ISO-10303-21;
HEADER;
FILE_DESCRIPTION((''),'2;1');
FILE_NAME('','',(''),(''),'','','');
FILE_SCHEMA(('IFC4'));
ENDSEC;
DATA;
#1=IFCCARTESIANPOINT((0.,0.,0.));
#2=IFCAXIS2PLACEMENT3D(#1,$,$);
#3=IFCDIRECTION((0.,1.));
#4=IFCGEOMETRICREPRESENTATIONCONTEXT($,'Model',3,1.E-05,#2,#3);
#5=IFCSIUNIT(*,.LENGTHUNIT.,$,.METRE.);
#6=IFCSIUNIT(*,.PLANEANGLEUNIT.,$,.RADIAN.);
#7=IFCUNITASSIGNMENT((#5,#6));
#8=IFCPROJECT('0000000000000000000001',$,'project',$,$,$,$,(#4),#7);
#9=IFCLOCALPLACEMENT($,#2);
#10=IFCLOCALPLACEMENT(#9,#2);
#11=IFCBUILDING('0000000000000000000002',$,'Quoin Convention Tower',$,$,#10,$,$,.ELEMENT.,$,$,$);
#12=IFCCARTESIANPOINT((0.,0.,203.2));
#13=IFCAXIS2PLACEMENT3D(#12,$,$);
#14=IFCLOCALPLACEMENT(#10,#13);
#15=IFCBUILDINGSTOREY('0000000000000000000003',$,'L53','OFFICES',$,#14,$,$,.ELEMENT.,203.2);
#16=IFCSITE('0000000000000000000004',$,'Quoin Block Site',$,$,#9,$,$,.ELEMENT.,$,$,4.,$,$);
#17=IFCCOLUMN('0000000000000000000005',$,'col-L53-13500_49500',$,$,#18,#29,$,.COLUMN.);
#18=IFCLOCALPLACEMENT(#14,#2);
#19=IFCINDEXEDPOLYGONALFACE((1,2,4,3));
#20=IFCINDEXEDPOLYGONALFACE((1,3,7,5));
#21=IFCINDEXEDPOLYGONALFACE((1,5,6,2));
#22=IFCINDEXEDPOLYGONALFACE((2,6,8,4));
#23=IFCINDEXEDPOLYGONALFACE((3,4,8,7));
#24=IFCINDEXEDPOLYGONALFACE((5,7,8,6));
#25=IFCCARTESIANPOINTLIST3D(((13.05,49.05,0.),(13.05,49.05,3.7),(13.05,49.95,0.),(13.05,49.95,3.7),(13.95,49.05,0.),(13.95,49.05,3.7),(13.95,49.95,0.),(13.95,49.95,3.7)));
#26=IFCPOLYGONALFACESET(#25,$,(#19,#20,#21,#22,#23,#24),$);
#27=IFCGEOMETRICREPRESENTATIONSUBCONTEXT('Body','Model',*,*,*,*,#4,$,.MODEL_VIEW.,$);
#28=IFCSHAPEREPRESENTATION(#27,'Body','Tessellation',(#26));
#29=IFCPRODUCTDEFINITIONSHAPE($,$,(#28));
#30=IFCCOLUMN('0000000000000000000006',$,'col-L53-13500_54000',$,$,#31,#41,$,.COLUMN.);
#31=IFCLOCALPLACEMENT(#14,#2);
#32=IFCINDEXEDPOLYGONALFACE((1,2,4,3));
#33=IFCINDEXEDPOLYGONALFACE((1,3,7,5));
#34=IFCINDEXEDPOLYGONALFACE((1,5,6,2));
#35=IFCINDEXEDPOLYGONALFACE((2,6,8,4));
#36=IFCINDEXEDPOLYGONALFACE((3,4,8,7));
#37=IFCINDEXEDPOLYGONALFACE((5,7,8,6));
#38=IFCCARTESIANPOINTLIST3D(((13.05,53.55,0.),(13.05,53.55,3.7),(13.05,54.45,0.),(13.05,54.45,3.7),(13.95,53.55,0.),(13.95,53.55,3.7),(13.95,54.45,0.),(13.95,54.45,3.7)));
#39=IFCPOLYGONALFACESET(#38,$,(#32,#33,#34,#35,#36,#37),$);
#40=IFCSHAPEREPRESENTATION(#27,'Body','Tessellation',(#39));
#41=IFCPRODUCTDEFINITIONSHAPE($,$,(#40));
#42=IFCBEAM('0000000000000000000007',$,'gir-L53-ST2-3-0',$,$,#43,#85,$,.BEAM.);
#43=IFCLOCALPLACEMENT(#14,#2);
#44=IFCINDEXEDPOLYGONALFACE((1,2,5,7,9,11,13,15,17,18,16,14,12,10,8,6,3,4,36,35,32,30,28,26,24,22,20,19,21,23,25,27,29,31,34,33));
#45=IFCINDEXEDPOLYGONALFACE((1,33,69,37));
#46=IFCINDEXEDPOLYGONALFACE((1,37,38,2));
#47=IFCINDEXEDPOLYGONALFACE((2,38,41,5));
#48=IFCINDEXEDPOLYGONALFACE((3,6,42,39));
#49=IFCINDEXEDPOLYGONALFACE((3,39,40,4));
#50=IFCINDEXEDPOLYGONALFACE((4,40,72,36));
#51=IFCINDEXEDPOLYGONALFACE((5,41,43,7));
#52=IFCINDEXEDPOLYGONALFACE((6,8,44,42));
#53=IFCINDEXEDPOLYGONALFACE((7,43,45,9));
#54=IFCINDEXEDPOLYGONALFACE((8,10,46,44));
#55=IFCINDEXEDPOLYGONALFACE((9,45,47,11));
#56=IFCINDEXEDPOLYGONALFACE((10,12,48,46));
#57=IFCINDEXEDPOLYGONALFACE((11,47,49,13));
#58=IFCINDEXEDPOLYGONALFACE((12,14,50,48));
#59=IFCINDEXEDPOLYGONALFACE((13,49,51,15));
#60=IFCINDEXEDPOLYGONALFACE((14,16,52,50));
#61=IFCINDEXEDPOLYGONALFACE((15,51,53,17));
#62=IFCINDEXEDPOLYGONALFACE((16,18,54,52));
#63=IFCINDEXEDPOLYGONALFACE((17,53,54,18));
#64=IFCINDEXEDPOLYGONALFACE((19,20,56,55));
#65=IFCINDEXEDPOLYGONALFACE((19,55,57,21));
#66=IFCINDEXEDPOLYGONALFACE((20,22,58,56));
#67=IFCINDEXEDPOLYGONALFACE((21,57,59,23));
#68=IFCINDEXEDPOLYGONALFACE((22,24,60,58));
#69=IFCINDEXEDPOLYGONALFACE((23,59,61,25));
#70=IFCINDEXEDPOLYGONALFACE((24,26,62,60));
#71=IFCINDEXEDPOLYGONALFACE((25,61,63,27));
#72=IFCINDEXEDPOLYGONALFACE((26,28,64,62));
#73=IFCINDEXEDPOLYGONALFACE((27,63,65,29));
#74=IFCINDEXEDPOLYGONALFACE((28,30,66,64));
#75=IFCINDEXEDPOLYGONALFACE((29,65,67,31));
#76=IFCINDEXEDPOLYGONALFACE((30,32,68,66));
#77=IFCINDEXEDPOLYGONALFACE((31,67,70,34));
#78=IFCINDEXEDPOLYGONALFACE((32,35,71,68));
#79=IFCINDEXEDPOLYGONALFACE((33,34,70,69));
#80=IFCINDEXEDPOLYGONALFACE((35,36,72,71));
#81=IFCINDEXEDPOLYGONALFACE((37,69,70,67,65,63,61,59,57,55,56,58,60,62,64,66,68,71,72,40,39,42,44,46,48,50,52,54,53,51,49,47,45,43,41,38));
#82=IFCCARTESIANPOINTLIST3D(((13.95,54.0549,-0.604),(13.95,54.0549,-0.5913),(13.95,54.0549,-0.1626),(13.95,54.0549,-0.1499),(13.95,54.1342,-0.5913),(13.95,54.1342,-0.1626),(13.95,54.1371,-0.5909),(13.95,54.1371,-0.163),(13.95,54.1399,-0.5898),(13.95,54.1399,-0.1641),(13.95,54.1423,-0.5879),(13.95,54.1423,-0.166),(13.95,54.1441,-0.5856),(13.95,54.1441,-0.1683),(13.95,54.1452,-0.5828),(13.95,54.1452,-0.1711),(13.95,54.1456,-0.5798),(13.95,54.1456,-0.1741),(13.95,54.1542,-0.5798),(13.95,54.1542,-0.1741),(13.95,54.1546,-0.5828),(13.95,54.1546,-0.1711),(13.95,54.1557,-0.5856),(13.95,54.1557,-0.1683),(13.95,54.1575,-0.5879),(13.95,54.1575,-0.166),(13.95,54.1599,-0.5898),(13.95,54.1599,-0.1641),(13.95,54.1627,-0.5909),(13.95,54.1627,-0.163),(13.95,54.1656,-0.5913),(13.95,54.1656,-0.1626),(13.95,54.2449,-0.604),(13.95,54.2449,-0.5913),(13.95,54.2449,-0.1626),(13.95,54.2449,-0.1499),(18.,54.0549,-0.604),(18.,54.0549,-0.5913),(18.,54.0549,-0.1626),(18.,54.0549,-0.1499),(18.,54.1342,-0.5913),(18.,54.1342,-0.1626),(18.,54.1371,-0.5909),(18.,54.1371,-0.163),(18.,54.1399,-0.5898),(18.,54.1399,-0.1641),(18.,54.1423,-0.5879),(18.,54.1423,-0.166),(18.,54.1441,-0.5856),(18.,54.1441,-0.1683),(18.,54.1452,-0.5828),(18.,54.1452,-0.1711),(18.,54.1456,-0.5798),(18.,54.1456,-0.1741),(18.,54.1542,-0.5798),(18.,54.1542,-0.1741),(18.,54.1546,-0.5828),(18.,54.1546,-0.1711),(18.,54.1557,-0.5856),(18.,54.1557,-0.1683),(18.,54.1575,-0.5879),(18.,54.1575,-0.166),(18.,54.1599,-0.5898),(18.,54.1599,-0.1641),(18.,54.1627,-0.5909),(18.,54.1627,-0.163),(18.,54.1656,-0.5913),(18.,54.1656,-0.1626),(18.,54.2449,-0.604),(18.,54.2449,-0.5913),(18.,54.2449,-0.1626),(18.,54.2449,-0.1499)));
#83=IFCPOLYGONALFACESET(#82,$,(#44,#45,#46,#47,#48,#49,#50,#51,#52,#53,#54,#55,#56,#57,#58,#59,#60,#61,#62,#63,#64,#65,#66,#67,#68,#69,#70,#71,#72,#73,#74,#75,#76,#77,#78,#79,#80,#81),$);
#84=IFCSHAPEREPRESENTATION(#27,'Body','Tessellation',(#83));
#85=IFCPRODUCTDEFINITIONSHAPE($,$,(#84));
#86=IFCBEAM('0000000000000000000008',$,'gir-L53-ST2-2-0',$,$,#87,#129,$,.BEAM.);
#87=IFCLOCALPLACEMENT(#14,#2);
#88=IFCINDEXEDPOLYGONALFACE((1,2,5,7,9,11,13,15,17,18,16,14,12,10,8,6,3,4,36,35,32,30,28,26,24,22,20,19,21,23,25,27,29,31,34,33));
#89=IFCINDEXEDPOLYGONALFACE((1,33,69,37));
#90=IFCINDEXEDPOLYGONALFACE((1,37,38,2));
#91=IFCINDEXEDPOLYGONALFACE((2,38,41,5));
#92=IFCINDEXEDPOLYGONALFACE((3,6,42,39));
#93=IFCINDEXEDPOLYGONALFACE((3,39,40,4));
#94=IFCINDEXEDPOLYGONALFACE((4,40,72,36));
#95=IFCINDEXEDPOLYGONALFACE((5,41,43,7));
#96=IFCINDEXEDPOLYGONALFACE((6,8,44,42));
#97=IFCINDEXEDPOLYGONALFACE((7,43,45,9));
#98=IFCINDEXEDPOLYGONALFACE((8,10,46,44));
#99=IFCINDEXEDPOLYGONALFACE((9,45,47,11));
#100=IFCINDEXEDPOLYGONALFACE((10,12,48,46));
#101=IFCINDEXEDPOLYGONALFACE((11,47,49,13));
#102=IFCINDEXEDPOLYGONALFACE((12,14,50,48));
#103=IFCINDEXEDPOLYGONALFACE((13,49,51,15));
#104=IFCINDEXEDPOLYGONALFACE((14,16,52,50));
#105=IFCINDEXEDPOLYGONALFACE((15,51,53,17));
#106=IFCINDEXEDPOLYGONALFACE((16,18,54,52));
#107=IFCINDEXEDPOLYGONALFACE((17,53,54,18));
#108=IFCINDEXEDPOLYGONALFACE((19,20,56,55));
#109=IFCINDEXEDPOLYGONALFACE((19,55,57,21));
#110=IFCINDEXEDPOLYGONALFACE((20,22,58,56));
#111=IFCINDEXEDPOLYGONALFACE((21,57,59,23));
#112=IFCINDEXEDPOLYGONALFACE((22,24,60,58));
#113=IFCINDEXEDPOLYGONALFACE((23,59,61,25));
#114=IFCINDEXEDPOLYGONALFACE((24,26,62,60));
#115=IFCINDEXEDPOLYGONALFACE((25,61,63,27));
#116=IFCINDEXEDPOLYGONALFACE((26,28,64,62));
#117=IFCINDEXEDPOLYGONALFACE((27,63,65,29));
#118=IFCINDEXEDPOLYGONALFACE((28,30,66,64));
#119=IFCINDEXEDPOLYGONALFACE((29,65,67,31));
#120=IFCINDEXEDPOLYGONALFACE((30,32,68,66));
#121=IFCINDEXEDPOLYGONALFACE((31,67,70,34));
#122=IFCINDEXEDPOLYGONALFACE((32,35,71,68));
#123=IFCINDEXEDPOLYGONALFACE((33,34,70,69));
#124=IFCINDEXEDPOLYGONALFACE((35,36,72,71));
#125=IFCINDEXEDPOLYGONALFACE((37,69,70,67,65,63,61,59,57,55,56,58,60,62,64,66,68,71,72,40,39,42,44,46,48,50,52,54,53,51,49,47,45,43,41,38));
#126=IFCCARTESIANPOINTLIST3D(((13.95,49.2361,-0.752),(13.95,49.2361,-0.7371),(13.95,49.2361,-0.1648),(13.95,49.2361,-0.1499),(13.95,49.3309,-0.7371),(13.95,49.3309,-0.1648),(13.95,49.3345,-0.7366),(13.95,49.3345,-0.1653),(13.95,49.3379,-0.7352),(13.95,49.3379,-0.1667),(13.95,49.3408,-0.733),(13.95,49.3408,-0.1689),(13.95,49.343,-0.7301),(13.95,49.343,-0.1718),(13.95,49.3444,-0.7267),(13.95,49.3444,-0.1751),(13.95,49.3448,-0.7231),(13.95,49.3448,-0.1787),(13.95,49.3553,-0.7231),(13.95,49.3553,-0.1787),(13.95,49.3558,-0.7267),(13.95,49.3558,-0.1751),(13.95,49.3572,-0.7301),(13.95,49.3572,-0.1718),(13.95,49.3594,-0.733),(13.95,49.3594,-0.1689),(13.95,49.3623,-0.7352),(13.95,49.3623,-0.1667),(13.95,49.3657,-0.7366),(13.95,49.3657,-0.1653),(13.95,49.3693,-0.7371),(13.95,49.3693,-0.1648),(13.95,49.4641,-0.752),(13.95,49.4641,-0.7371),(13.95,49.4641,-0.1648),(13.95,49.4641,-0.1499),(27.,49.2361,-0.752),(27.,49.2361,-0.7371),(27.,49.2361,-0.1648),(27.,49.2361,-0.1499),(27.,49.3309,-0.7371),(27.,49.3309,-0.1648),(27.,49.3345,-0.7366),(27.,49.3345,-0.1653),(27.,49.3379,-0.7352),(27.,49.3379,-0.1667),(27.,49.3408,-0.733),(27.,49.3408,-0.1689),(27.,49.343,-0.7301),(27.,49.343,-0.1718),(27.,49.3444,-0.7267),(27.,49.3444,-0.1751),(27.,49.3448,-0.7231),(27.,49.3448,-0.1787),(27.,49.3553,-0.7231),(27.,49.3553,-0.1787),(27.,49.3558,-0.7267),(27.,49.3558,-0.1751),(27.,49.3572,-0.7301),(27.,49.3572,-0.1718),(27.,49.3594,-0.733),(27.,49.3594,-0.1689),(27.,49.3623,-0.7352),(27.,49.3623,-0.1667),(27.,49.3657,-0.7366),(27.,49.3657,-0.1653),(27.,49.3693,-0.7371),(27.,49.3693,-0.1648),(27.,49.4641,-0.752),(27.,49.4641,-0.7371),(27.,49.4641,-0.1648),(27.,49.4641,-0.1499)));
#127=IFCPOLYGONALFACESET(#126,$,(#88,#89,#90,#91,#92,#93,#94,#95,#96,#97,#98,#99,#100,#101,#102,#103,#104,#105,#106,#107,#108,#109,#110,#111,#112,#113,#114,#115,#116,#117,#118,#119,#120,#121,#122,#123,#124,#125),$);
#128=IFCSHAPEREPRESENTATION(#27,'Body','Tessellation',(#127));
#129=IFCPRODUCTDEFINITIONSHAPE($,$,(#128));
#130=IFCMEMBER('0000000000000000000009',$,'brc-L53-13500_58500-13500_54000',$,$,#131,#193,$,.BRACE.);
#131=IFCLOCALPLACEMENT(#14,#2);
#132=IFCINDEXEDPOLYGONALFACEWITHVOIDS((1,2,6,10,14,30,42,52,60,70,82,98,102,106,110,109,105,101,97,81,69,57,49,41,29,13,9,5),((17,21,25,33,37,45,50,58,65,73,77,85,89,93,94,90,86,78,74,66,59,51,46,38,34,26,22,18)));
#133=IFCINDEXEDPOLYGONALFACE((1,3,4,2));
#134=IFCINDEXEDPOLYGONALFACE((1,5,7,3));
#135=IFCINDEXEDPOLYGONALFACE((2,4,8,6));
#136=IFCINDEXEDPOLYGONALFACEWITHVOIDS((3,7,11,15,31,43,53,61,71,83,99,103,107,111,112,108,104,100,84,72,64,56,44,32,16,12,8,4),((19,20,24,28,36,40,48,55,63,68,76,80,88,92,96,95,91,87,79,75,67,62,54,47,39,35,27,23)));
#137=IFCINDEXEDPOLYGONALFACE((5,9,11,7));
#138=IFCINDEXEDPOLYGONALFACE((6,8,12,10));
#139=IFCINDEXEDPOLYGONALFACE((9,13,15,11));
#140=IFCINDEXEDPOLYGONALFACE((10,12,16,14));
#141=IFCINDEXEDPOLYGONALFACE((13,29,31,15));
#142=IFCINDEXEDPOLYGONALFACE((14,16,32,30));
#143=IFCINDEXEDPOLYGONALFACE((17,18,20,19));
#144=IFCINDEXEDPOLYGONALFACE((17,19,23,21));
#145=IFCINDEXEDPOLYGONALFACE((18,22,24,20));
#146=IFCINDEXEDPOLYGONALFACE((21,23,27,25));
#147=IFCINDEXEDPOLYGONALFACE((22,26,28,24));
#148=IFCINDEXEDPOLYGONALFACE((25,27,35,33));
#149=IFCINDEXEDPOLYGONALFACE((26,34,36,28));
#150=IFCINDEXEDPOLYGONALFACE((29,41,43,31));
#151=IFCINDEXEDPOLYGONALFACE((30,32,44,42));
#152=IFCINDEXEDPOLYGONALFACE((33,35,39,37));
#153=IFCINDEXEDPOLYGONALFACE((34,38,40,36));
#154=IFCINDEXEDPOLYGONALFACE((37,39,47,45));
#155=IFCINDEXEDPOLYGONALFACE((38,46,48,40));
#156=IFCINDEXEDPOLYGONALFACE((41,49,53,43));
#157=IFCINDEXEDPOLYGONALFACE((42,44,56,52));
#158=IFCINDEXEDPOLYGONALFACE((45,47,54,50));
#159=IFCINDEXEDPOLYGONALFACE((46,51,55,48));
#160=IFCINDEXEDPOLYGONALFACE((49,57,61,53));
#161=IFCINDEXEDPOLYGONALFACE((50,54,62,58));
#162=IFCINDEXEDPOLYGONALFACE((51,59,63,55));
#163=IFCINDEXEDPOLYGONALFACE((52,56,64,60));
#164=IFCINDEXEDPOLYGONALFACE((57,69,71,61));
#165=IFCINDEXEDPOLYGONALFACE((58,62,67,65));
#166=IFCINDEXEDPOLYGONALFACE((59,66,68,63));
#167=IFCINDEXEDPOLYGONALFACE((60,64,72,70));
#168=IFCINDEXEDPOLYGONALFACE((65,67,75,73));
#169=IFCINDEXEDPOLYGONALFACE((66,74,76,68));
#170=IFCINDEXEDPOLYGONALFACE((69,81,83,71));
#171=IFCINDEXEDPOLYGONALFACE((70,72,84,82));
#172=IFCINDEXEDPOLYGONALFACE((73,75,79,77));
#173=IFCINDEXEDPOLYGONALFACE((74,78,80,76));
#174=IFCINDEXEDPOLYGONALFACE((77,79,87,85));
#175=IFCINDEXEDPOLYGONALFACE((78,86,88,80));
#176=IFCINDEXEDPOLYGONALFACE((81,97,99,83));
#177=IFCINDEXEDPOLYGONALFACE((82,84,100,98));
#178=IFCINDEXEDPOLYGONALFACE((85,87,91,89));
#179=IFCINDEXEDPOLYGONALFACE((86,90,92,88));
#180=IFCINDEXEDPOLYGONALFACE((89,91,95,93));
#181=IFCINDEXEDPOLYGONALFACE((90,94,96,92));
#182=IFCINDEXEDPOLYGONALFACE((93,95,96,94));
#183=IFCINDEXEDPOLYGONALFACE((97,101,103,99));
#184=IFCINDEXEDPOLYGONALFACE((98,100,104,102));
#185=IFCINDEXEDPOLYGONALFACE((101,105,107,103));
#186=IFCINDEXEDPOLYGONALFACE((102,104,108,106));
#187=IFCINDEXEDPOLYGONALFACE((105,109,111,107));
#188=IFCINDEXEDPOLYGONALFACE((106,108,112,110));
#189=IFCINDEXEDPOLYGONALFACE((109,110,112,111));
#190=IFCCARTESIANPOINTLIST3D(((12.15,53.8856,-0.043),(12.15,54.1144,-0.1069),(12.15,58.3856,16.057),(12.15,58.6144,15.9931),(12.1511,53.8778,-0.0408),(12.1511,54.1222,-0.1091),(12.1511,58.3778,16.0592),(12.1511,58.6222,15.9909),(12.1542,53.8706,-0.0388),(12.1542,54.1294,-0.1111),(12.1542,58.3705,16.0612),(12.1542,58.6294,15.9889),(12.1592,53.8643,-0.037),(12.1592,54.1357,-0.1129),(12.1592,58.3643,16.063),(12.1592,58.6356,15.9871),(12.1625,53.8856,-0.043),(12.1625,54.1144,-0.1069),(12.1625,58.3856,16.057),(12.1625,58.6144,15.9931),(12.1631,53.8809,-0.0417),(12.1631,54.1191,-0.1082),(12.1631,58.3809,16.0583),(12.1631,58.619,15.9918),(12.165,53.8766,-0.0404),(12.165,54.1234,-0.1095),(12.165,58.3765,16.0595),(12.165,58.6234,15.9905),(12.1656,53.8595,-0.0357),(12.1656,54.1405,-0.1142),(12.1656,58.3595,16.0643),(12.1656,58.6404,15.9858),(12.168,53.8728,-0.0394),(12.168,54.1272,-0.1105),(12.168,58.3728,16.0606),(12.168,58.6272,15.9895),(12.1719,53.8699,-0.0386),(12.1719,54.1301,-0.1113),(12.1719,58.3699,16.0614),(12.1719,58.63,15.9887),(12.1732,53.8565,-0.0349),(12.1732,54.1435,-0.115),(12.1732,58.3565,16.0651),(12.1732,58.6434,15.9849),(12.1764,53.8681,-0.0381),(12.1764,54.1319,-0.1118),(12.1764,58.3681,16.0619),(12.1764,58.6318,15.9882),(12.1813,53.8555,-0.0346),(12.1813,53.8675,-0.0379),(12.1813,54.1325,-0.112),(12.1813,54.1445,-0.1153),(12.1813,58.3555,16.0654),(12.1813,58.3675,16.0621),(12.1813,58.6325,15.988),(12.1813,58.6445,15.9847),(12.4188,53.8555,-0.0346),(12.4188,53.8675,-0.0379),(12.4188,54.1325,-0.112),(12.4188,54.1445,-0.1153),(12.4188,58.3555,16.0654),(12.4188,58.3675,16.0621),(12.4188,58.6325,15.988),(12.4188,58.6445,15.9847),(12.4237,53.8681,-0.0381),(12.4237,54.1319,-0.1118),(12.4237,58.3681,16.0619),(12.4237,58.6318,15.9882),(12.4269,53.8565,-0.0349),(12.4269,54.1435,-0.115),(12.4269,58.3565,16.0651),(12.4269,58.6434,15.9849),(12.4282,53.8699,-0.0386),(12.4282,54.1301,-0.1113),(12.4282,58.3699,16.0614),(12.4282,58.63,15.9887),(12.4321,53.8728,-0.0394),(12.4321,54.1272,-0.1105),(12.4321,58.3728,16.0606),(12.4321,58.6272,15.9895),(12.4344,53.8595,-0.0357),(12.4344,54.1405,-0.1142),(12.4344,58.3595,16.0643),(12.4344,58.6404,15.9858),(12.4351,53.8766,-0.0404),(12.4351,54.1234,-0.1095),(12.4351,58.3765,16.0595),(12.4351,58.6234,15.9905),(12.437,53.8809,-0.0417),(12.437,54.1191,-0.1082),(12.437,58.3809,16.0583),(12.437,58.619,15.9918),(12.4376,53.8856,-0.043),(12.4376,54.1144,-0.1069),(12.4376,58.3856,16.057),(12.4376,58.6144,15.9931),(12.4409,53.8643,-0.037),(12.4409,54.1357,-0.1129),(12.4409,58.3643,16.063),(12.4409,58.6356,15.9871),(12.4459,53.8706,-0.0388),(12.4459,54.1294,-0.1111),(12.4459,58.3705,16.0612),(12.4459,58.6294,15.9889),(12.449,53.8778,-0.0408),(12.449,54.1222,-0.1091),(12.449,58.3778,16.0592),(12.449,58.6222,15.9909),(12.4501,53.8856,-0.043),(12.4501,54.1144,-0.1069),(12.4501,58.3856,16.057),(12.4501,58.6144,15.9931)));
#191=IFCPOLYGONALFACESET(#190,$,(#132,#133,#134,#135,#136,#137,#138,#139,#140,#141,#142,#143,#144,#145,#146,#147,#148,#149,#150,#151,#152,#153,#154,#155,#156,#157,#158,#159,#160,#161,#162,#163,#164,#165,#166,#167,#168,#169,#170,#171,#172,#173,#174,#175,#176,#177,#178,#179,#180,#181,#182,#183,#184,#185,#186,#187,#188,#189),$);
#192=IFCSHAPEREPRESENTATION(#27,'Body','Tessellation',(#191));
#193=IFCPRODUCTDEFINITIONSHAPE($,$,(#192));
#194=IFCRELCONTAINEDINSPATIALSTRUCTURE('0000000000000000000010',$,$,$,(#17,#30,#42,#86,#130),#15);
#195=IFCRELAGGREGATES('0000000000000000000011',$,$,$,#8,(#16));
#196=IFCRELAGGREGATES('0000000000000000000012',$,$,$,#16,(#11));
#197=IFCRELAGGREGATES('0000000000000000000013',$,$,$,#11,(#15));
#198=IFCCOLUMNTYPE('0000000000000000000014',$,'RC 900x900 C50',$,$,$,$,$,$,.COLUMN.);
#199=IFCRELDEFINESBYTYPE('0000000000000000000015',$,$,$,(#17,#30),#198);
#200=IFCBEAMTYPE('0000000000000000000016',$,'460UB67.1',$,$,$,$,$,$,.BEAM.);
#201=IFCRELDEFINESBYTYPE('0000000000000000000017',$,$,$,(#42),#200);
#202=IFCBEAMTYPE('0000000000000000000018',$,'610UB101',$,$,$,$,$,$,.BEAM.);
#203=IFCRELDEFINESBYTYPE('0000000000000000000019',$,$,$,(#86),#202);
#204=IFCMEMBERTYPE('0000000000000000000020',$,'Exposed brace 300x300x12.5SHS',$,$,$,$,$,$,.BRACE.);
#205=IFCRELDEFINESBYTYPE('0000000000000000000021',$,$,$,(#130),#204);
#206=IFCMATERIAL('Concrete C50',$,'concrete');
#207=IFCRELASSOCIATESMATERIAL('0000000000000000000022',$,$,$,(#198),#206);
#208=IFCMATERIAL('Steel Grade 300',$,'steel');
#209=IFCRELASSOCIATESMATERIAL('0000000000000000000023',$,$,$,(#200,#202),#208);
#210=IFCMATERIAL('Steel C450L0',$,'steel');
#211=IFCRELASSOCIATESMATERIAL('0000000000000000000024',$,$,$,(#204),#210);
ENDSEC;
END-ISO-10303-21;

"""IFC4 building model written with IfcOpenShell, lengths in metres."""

from ifc_helpers import new_model, si_unit, direction, frame, origin, origin_2d, place, context, subcontext, project, spatial, rectangle, hollow_rectangle, i_section, extrude, material, material_profile, profile_set, type_object, element, save


model = new_model("IFC4")

# Units and contexts
model_context = context("Model", 3, precision=1e-05, world=origin(), true_north=direction((0.0, 1.0)))
body_context = subcontext(model_context, "Body", "Model", "MODEL_VIEW")
ifc_project = project(units=[si_unit("LENGTHUNIT", "METRE"), si_unit("PLANEANGLEUNIT", "RADIAN")], contexts=[model_context])

# Site, building, storey
site_placement = place(None, origin())
site = spatial("IfcSite", under=ifc_project, at=site_placement, Name="Quoin Block Site", CompositionType="ELEMENT", RefElevation=4.0)
building_placement = place(site_placement, origin())
building = spatial("IfcBuilding", under=site, at=building_placement, Name="Quoin Convention Tower", CompositionType="ELEMENT")
storey_placement = place(building_placement, frame((0.0, 0.0, 203.2)))
storey = spatial("IfcBuildingStorey", under=building, at=storey_placement, Name="L53", Description="OFFICES", CompositionType="ELEMENT", Elevation=203.2)

# Columns
ifc_material_1 = material(Name="Concrete C50", Category="concrete")
ifc_material_profile_1 = material_profile(ifc_material_1, rectangle(XDim=0.8999, YDim=0.8999, at=origin_2d()), Name="RC 900x900")
ifc_profile_set_1 = profile_set([ifc_material_profile_1], Name="Concrete C50")
column_type = type_object("IfcColumnType", Name="RC 900x900 C50", PredefinedType="COLUMN", material=ifc_profile_set_1)
for number, where, z_axis, x_axis, name in (
    (1, (13.5, 49.5, 0.0), (0.0, 0.0, 1.0), (1.0, 0.0, 0.0), "col-L53-13500_49500"),
    (2, (13.5, 54.0, 0.0), (0.0, 0.0, 1.0), (1.0, 0.0, 0.0), "col-L53-13500_54000"),
):
    element("IfcColumn", number, at=place(storey_placement, frame(where, z_axis=z_axis, x_axis=x_axis)), inside=storey, type_object=column_type, Name=name, PredefinedType="COLUMN", context=body_context, shape_type="SweptSolid", body=[
        extrude(rectangle(XDim=0.8999, YDim=0.8999, at=origin_2d()), origin(), (0.0, 0.0, 1.0), 3.7),
    ])

# Beams
ifc_material_2 = material(Name="Steel Grade 300", Category="steel")
ifc_material_profile_2 = material_profile(ifc_material_2, i_section(OverallWidth=0.1899, OverallDepth=0.4541, WebThickness=0.0085, FlangeThickness=0.0127, FilletRadius=0.0115, at=origin_2d()), Name="460UB67.1")
ifc_profile_set_2 = profile_set([ifc_material_profile_2], Name="Steel Grade 300")
beam_type_1 = type_object("IfcBeamType", Name="460UB67.1", PredefinedType="BEAM", material=ifc_profile_set_2)
beam_1_placement = place(storey_placement, frame((13.95, 54.1499, -0.377), z_axis=(1.0, 0.0, 0.0), x_axis=(0.0, 1.0, 0.0)))
element("IfcBeam", 3, at=beam_1_placement, inside=storey, type_object=beam_type_1, Name="gir-L53-ST2-3-0", PredefinedType="BEAM", context=body_context, shape_type="SweptSolid", body=[
    extrude(i_section(OverallWidth=0.1899, OverallDepth=0.4541, WebThickness=0.0085, FlangeThickness=0.0127, FilletRadius=0.0115, at=origin_2d()), origin(), (0.0, 0.0, 1.0), 4.05),
])
ifc_material_profile_3 = material_profile(ifc_material_2, i_section(OverallWidth=0.228, OverallDepth=0.6021, WebThickness=0.0105, FlangeThickness=0.0149, FilletRadius=0.0139, at=origin_2d()), Name="610UB101")
ifc_profile_set_3 = profile_set([ifc_material_profile_3], Name="Steel Grade 300")
beam_type_2 = type_object("IfcBeamType", Name="610UB101", PredefinedType="BEAM", material=ifc_profile_set_3)
beam_2_placement = place(storey_placement, frame((13.95, 49.3501, -0.4509), z_axis=(1.0, 0.0, 0.0), x_axis=(0.0, 1.0, 0.0)))
element("IfcBeam", 4, at=beam_2_placement, inside=storey, type_object=beam_type_2, Name="gir-L53-ST2-2-0", PredefinedType="BEAM", context=body_context, shape_type="SweptSolid", body=[
    extrude(i_section(OverallWidth=0.228, OverallDepth=0.6021, WebThickness=0.0105, FlangeThickness=0.0149, FilletRadius=0.0139, at=origin_2d()), origin(), (0.0, 0.0, 1.0), 13.05),
])

# Member
ifc_material_3 = material(Name="Steel C450L0", Category="steel")
ifc_material_profile_4 = material_profile(ifc_material_3, hollow_rectangle(XDim=0.3, YDim=0.3, WallThickness=0.0125, InnerFilletRadius=0.0188, OuterFilletRadius=0.0312, at=origin_2d()), Name="300x300x12.5SHS")
ifc_profile_set_4 = profile_set([ifc_material_profile_4], Name="Steel C450L0")
member_type = type_object("IfcMemberType", Name="Exposed brace 300x300x12.5SHS", PredefinedType="BRACE", material=ifc_profile_set_4)
for number, where, z_axis, x_axis, name in (
    (5, (12.3, 54.0, -0.075), (0.0, 0.269185, 0.963089), (-1.0, 0.0, 0.0), "brc-L53-13500_58500-13500_54000"),
):
    element("IfcMember", number, at=place(storey_placement, frame(where, z_axis=z_axis, x_axis=x_axis)), inside=storey, type_object=member_type, Name=name, PredefinedType="BRACE", context=body_context, shape_type="SweptSolid", body=[
        extrude(hollow_rectangle(XDim=0.3, YDim=0.3, WallThickness=0.0125, InnerFilletRadius=0.0188, OuterFilletRadius=0.0312, at=origin_2d()), origin(), (0.0, 0.0, 1.0), 16.717),
    ])

save(model, "model.ifc")
